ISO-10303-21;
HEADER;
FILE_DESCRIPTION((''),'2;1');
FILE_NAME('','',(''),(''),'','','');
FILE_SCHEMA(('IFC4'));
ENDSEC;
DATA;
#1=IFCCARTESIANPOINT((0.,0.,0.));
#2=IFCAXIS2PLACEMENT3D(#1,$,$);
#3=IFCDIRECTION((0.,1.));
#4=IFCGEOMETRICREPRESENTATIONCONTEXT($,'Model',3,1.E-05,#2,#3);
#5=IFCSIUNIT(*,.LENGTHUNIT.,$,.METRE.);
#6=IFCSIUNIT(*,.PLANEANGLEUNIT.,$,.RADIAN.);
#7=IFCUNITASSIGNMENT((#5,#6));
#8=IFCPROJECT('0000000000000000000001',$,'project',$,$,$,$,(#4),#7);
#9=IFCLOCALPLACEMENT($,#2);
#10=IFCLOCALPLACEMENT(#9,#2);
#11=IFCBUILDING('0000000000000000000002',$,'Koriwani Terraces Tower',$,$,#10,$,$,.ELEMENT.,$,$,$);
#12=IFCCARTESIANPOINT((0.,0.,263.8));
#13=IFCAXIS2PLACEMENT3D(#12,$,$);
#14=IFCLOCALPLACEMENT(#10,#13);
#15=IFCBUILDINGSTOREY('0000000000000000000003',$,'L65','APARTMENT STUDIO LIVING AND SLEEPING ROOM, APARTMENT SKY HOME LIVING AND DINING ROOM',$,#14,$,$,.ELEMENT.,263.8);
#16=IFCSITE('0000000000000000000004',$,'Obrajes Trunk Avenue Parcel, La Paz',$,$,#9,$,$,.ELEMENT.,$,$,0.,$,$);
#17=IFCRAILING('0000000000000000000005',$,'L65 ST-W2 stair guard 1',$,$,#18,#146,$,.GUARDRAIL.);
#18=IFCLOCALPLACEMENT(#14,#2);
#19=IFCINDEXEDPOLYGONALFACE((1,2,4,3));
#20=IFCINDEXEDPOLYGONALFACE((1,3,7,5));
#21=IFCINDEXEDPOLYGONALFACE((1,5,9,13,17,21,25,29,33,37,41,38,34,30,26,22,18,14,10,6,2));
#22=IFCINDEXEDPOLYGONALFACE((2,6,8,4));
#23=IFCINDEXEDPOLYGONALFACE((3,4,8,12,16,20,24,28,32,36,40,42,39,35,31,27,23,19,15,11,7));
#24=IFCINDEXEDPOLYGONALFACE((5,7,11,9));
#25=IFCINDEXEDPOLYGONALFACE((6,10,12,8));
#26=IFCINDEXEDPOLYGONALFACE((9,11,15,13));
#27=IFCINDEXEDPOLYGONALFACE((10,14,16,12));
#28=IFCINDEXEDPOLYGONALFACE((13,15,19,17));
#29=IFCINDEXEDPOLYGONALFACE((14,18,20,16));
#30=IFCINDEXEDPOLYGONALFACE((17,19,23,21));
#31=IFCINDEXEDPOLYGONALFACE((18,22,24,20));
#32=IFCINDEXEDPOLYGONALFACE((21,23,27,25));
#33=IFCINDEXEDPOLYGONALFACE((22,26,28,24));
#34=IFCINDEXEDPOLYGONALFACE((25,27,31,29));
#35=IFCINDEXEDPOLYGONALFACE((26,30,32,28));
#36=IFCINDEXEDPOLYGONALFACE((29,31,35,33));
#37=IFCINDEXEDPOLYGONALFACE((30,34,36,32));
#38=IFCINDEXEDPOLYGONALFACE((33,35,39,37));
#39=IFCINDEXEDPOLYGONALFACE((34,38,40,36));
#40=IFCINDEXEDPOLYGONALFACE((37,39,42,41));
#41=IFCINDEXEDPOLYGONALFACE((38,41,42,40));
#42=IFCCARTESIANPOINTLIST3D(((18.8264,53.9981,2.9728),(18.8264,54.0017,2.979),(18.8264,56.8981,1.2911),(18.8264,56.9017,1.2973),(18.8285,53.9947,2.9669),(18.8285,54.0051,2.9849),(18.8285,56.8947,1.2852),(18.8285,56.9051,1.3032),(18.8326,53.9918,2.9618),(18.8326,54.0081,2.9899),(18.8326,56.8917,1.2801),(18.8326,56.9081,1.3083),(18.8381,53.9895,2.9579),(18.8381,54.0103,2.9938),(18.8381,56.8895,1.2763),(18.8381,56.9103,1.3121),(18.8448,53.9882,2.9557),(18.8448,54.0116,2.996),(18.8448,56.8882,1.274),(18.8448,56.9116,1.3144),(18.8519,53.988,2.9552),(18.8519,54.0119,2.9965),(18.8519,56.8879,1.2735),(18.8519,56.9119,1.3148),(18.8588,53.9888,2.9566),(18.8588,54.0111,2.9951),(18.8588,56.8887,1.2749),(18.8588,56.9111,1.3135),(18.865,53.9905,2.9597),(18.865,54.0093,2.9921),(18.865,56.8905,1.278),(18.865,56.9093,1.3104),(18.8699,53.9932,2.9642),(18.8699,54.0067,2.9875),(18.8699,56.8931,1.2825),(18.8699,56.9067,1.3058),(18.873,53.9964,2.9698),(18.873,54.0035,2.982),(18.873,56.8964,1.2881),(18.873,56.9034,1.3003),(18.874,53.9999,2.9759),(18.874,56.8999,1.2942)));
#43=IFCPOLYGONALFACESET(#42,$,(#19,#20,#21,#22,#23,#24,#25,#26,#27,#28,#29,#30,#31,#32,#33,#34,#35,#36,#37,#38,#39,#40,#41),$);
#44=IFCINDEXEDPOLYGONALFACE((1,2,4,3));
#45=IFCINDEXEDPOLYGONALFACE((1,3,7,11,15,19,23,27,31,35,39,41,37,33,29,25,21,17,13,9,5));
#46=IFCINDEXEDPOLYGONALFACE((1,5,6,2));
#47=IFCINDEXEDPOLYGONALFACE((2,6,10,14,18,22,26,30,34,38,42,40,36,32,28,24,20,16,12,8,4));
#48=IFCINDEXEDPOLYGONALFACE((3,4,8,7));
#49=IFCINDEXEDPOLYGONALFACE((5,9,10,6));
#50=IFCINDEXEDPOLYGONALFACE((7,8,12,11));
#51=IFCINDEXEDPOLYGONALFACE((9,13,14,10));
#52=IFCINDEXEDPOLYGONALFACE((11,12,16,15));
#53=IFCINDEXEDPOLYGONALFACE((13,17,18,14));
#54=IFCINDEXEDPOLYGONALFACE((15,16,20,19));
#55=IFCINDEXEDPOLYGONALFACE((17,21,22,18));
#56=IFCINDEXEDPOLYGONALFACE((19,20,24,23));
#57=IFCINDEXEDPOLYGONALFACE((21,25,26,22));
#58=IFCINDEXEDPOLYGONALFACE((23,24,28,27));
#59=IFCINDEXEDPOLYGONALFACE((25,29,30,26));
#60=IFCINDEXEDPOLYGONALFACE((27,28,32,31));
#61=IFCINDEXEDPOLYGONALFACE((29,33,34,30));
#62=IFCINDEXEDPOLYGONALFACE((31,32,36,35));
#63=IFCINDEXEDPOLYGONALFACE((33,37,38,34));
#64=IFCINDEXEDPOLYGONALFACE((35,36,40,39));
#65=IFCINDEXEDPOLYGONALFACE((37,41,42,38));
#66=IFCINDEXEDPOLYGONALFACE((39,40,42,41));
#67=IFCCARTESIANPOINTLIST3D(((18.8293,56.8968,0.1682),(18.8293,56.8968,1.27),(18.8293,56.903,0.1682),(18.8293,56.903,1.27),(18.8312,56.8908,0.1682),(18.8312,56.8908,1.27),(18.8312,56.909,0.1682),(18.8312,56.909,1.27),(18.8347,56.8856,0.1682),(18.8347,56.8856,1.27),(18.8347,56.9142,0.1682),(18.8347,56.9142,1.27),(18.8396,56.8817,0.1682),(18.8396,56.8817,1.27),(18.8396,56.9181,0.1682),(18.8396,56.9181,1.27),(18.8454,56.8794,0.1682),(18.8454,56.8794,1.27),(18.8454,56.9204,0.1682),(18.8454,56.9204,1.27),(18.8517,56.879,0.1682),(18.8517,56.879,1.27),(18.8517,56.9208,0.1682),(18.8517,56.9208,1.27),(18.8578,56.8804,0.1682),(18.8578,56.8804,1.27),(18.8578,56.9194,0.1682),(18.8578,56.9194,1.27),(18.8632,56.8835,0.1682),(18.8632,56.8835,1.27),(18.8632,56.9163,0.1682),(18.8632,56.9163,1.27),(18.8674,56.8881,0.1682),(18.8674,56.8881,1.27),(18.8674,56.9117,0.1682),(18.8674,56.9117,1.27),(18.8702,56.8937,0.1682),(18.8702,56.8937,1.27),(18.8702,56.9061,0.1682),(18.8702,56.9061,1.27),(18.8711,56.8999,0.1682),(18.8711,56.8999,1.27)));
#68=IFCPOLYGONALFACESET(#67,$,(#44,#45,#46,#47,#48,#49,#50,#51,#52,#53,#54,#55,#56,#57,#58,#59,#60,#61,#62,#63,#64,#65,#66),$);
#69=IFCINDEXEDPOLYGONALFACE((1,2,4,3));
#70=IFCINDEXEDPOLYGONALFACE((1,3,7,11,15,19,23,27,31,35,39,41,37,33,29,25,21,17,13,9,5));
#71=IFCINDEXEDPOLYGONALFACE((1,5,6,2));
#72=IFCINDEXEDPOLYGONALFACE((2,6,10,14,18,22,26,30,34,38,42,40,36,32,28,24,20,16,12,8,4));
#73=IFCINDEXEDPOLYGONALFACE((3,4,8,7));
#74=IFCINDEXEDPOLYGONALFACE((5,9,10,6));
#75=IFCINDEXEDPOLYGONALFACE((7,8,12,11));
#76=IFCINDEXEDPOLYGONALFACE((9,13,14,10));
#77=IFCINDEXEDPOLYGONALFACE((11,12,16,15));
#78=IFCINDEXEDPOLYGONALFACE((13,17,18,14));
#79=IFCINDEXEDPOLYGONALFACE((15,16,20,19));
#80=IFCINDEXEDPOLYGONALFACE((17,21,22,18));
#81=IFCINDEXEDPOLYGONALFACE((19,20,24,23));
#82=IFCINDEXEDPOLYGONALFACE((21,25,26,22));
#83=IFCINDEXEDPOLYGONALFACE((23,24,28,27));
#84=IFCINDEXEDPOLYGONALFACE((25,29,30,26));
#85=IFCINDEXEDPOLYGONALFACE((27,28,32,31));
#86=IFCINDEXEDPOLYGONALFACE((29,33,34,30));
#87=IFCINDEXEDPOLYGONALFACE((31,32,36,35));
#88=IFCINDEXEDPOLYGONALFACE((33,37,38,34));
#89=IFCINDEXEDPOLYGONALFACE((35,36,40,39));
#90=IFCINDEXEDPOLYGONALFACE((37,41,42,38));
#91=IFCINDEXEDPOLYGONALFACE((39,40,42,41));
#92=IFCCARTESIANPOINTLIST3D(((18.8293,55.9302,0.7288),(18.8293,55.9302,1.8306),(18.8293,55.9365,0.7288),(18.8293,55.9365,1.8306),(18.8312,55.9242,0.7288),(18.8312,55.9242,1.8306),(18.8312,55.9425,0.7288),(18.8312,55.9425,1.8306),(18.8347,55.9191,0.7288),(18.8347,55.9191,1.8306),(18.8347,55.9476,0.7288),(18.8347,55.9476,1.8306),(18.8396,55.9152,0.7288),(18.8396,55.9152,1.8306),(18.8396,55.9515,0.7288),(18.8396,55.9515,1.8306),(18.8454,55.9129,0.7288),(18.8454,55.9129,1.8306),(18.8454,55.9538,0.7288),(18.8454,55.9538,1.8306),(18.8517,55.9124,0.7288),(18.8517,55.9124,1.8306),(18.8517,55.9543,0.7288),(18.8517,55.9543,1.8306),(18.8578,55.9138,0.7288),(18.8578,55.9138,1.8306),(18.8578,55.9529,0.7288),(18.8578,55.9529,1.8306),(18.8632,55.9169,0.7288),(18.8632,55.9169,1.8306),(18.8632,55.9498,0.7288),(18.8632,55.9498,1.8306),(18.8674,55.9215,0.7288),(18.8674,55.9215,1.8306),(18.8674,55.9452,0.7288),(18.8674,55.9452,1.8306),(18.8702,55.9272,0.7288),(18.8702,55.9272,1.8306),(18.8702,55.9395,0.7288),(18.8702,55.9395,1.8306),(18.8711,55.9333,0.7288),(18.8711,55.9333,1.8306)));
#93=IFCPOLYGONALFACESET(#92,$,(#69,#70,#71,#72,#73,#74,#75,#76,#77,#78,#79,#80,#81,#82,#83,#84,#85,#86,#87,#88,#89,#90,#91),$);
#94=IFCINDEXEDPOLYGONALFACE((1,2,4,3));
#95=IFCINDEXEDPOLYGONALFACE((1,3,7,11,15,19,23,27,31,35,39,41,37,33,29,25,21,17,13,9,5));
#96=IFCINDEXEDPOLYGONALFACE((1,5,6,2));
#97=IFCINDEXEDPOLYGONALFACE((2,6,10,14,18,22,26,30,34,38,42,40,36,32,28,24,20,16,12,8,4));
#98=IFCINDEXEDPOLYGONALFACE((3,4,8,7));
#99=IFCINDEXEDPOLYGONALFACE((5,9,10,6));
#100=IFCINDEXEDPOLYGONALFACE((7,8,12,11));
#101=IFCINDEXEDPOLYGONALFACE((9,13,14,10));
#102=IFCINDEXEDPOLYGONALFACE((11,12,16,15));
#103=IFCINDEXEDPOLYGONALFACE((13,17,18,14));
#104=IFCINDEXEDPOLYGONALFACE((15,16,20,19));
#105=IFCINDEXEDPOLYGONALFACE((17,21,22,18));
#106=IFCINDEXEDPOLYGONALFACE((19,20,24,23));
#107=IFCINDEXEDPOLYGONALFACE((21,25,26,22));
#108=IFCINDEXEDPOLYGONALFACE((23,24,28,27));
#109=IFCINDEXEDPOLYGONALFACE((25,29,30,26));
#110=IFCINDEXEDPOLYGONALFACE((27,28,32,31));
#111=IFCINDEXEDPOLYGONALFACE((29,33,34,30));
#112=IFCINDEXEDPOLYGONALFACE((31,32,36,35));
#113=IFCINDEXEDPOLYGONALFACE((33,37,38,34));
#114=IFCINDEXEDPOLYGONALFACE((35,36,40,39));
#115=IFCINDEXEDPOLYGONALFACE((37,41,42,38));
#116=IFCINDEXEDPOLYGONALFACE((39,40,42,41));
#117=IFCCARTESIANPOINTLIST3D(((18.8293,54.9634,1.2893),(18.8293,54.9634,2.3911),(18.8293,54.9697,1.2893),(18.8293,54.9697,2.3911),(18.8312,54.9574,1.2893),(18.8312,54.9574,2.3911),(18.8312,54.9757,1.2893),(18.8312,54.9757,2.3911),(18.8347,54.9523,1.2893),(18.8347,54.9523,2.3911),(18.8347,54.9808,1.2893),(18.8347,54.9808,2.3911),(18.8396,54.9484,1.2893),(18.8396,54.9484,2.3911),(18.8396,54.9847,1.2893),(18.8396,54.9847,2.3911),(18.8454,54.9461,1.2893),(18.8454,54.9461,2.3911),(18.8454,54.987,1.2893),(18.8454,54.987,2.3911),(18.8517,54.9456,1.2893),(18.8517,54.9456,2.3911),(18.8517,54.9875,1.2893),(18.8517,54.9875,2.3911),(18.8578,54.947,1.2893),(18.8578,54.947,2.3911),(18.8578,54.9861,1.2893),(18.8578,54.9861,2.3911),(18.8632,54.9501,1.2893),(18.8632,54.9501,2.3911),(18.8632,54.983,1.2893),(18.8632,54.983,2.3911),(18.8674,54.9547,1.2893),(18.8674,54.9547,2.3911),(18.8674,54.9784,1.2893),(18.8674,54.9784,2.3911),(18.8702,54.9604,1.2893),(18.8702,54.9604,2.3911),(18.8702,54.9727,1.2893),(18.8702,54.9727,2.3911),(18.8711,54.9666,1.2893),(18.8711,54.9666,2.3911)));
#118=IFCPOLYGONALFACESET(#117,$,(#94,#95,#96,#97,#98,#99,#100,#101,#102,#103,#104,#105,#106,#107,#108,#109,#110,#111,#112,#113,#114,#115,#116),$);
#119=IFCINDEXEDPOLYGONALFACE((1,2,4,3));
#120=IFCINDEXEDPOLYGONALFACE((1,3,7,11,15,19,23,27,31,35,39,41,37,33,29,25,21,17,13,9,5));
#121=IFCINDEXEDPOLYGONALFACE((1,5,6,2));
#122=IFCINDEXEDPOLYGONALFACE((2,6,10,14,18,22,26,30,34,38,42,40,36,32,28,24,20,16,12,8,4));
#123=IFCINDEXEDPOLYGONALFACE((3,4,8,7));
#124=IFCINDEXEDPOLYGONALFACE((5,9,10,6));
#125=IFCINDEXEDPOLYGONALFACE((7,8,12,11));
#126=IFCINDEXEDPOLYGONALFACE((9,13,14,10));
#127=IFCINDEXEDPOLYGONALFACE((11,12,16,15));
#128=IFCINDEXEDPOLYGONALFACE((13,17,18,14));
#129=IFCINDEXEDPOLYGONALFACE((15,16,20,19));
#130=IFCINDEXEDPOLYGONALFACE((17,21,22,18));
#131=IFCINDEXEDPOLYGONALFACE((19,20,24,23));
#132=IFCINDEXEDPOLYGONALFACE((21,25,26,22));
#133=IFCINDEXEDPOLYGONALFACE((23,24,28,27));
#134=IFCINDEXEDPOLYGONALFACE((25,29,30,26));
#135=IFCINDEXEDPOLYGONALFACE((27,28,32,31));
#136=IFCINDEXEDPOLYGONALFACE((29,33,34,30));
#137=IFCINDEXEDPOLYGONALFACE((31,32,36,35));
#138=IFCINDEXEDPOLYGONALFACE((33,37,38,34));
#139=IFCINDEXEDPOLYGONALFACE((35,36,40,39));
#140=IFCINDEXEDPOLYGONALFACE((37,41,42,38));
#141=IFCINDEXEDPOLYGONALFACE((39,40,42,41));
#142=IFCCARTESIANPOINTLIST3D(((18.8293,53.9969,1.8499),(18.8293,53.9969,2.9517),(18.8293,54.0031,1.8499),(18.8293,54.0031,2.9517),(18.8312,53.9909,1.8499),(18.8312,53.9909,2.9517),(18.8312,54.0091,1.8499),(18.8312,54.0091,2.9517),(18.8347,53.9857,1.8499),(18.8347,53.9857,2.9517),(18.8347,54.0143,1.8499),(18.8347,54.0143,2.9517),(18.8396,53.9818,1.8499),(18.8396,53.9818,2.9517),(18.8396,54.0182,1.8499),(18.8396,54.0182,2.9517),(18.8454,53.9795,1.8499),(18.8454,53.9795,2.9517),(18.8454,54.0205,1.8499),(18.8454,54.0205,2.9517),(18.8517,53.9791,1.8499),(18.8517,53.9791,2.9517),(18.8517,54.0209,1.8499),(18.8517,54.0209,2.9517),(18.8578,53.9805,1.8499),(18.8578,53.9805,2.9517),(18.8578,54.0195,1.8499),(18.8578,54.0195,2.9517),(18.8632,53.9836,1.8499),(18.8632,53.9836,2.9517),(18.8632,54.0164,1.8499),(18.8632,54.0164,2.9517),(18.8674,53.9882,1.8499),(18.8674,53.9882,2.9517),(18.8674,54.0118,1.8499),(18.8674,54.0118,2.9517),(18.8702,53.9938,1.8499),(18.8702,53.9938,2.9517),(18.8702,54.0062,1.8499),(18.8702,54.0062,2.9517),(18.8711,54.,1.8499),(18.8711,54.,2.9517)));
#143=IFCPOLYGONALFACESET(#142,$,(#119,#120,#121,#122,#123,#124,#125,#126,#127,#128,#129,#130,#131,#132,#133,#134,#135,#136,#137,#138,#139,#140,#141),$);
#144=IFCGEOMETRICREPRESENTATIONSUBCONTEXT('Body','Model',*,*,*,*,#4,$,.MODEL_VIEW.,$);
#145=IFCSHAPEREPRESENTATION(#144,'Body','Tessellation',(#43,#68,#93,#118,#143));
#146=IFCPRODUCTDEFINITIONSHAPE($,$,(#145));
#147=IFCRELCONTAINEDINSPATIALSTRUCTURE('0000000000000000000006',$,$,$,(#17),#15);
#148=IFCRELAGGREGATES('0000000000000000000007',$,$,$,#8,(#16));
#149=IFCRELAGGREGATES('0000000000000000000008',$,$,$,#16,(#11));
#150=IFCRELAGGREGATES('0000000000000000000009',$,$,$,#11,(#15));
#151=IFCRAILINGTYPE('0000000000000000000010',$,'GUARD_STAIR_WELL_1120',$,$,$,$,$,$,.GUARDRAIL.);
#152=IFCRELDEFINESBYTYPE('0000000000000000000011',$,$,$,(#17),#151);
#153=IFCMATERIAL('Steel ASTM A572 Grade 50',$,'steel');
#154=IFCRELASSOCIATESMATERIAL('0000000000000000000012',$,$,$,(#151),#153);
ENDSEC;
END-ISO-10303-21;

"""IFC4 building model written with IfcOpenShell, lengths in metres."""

from ifc_helpers import new_model, si_unit, direction, frame, origin, origin_2d, place, context, subcontext, project, spatial, circle, extrude, material, type_object, element, save


model = new_model("IFC4")

# Units and contexts
model_context = context("Model", 3, precision=1e-05, world=origin(), true_north=direction((0.0, 1.0)))
body_context = subcontext(model_context, "Body", "Model", "MODEL_VIEW")
ifc_project = project(units=[si_unit("LENGTHUNIT", "METRE"), si_unit("PLANEANGLEUNIT", "RADIAN")], contexts=[model_context])

# Site, building, storey
site_placement = place(None, origin())
site = spatial("IfcSite", under=ifc_project, at=site_placement, Name="Obrajes Trunk Avenue Parcel, La Paz", CompositionType="ELEMENT", RefElevation=0.0)
building_placement = place(site_placement, origin())
building = spatial("IfcBuilding", under=site, at=building_placement, Name="Koriwani Terraces Tower", CompositionType="ELEMENT")
storey_placement = place(building_placement, frame((0.0, 0.0, 263.8)))
storey = spatial("IfcBuildingStorey", under=building, at=storey_placement, Name="L65", Description="APARTMENT STUDIO LIVING AND SLEEPING ROOM, APARTMENT SKY HOME LIVING AND DINING ROOM", CompositionType="ELEMENT", Elevation=263.8)

# Shared definitions
ifc_material_1 = material(Name="Steel ASTM A572 Grade 50", Category="steel")

# Railing
railing_type_1 = type_object("IfcRailingType", Name="GUARD_STAIR_WELL_1120", PredefinedType="GUARDRAIL", material=ifc_material_1)
railing_1_placement = place(storey_placement, frame((18.8501, 56.8999, 0.1682)))
element("IfcRailing", 1, at=railing_1_placement, inside=storey, type_object=railing_type_1, Name="L65 ST-W2 stair guard 1", PredefinedType="GUARDRAIL", context=body_context, shape_type="SweptSolid", body=[
    extrude(circle(Radius=0.0239, at=origin_2d()), frame((0.0, 0.0, 1.126), z_axis=(0.0, -0.86507, 0.501651), x_axis=(1.0, 0.0, 0.0)), (0.0, 0.0, 1.0), 3.3523),
    extrude(circle(Radius=0.021, at=origin_2d()), origin(), (0.0, 0.0, 1.0), 1.1018),
    extrude(circle(Radius=0.021, at=origin_2d()), frame((0.0, -0.9666, 0.5605)), (0.0, 0.0, 1.0), 1.1018),
    extrude(circle(Radius=0.021, at=origin_2d()), frame((0.0, -1.9333, 1.1211)), (0.0, 0.0, 1.0), 1.1018),
    extrude(circle(Radius=0.021, at=origin_2d()), frame((0.0, -2.8999, 1.6816)), (0.0, 0.0, 1.0), 1.1018),
])

save(model, "model.ifc")
